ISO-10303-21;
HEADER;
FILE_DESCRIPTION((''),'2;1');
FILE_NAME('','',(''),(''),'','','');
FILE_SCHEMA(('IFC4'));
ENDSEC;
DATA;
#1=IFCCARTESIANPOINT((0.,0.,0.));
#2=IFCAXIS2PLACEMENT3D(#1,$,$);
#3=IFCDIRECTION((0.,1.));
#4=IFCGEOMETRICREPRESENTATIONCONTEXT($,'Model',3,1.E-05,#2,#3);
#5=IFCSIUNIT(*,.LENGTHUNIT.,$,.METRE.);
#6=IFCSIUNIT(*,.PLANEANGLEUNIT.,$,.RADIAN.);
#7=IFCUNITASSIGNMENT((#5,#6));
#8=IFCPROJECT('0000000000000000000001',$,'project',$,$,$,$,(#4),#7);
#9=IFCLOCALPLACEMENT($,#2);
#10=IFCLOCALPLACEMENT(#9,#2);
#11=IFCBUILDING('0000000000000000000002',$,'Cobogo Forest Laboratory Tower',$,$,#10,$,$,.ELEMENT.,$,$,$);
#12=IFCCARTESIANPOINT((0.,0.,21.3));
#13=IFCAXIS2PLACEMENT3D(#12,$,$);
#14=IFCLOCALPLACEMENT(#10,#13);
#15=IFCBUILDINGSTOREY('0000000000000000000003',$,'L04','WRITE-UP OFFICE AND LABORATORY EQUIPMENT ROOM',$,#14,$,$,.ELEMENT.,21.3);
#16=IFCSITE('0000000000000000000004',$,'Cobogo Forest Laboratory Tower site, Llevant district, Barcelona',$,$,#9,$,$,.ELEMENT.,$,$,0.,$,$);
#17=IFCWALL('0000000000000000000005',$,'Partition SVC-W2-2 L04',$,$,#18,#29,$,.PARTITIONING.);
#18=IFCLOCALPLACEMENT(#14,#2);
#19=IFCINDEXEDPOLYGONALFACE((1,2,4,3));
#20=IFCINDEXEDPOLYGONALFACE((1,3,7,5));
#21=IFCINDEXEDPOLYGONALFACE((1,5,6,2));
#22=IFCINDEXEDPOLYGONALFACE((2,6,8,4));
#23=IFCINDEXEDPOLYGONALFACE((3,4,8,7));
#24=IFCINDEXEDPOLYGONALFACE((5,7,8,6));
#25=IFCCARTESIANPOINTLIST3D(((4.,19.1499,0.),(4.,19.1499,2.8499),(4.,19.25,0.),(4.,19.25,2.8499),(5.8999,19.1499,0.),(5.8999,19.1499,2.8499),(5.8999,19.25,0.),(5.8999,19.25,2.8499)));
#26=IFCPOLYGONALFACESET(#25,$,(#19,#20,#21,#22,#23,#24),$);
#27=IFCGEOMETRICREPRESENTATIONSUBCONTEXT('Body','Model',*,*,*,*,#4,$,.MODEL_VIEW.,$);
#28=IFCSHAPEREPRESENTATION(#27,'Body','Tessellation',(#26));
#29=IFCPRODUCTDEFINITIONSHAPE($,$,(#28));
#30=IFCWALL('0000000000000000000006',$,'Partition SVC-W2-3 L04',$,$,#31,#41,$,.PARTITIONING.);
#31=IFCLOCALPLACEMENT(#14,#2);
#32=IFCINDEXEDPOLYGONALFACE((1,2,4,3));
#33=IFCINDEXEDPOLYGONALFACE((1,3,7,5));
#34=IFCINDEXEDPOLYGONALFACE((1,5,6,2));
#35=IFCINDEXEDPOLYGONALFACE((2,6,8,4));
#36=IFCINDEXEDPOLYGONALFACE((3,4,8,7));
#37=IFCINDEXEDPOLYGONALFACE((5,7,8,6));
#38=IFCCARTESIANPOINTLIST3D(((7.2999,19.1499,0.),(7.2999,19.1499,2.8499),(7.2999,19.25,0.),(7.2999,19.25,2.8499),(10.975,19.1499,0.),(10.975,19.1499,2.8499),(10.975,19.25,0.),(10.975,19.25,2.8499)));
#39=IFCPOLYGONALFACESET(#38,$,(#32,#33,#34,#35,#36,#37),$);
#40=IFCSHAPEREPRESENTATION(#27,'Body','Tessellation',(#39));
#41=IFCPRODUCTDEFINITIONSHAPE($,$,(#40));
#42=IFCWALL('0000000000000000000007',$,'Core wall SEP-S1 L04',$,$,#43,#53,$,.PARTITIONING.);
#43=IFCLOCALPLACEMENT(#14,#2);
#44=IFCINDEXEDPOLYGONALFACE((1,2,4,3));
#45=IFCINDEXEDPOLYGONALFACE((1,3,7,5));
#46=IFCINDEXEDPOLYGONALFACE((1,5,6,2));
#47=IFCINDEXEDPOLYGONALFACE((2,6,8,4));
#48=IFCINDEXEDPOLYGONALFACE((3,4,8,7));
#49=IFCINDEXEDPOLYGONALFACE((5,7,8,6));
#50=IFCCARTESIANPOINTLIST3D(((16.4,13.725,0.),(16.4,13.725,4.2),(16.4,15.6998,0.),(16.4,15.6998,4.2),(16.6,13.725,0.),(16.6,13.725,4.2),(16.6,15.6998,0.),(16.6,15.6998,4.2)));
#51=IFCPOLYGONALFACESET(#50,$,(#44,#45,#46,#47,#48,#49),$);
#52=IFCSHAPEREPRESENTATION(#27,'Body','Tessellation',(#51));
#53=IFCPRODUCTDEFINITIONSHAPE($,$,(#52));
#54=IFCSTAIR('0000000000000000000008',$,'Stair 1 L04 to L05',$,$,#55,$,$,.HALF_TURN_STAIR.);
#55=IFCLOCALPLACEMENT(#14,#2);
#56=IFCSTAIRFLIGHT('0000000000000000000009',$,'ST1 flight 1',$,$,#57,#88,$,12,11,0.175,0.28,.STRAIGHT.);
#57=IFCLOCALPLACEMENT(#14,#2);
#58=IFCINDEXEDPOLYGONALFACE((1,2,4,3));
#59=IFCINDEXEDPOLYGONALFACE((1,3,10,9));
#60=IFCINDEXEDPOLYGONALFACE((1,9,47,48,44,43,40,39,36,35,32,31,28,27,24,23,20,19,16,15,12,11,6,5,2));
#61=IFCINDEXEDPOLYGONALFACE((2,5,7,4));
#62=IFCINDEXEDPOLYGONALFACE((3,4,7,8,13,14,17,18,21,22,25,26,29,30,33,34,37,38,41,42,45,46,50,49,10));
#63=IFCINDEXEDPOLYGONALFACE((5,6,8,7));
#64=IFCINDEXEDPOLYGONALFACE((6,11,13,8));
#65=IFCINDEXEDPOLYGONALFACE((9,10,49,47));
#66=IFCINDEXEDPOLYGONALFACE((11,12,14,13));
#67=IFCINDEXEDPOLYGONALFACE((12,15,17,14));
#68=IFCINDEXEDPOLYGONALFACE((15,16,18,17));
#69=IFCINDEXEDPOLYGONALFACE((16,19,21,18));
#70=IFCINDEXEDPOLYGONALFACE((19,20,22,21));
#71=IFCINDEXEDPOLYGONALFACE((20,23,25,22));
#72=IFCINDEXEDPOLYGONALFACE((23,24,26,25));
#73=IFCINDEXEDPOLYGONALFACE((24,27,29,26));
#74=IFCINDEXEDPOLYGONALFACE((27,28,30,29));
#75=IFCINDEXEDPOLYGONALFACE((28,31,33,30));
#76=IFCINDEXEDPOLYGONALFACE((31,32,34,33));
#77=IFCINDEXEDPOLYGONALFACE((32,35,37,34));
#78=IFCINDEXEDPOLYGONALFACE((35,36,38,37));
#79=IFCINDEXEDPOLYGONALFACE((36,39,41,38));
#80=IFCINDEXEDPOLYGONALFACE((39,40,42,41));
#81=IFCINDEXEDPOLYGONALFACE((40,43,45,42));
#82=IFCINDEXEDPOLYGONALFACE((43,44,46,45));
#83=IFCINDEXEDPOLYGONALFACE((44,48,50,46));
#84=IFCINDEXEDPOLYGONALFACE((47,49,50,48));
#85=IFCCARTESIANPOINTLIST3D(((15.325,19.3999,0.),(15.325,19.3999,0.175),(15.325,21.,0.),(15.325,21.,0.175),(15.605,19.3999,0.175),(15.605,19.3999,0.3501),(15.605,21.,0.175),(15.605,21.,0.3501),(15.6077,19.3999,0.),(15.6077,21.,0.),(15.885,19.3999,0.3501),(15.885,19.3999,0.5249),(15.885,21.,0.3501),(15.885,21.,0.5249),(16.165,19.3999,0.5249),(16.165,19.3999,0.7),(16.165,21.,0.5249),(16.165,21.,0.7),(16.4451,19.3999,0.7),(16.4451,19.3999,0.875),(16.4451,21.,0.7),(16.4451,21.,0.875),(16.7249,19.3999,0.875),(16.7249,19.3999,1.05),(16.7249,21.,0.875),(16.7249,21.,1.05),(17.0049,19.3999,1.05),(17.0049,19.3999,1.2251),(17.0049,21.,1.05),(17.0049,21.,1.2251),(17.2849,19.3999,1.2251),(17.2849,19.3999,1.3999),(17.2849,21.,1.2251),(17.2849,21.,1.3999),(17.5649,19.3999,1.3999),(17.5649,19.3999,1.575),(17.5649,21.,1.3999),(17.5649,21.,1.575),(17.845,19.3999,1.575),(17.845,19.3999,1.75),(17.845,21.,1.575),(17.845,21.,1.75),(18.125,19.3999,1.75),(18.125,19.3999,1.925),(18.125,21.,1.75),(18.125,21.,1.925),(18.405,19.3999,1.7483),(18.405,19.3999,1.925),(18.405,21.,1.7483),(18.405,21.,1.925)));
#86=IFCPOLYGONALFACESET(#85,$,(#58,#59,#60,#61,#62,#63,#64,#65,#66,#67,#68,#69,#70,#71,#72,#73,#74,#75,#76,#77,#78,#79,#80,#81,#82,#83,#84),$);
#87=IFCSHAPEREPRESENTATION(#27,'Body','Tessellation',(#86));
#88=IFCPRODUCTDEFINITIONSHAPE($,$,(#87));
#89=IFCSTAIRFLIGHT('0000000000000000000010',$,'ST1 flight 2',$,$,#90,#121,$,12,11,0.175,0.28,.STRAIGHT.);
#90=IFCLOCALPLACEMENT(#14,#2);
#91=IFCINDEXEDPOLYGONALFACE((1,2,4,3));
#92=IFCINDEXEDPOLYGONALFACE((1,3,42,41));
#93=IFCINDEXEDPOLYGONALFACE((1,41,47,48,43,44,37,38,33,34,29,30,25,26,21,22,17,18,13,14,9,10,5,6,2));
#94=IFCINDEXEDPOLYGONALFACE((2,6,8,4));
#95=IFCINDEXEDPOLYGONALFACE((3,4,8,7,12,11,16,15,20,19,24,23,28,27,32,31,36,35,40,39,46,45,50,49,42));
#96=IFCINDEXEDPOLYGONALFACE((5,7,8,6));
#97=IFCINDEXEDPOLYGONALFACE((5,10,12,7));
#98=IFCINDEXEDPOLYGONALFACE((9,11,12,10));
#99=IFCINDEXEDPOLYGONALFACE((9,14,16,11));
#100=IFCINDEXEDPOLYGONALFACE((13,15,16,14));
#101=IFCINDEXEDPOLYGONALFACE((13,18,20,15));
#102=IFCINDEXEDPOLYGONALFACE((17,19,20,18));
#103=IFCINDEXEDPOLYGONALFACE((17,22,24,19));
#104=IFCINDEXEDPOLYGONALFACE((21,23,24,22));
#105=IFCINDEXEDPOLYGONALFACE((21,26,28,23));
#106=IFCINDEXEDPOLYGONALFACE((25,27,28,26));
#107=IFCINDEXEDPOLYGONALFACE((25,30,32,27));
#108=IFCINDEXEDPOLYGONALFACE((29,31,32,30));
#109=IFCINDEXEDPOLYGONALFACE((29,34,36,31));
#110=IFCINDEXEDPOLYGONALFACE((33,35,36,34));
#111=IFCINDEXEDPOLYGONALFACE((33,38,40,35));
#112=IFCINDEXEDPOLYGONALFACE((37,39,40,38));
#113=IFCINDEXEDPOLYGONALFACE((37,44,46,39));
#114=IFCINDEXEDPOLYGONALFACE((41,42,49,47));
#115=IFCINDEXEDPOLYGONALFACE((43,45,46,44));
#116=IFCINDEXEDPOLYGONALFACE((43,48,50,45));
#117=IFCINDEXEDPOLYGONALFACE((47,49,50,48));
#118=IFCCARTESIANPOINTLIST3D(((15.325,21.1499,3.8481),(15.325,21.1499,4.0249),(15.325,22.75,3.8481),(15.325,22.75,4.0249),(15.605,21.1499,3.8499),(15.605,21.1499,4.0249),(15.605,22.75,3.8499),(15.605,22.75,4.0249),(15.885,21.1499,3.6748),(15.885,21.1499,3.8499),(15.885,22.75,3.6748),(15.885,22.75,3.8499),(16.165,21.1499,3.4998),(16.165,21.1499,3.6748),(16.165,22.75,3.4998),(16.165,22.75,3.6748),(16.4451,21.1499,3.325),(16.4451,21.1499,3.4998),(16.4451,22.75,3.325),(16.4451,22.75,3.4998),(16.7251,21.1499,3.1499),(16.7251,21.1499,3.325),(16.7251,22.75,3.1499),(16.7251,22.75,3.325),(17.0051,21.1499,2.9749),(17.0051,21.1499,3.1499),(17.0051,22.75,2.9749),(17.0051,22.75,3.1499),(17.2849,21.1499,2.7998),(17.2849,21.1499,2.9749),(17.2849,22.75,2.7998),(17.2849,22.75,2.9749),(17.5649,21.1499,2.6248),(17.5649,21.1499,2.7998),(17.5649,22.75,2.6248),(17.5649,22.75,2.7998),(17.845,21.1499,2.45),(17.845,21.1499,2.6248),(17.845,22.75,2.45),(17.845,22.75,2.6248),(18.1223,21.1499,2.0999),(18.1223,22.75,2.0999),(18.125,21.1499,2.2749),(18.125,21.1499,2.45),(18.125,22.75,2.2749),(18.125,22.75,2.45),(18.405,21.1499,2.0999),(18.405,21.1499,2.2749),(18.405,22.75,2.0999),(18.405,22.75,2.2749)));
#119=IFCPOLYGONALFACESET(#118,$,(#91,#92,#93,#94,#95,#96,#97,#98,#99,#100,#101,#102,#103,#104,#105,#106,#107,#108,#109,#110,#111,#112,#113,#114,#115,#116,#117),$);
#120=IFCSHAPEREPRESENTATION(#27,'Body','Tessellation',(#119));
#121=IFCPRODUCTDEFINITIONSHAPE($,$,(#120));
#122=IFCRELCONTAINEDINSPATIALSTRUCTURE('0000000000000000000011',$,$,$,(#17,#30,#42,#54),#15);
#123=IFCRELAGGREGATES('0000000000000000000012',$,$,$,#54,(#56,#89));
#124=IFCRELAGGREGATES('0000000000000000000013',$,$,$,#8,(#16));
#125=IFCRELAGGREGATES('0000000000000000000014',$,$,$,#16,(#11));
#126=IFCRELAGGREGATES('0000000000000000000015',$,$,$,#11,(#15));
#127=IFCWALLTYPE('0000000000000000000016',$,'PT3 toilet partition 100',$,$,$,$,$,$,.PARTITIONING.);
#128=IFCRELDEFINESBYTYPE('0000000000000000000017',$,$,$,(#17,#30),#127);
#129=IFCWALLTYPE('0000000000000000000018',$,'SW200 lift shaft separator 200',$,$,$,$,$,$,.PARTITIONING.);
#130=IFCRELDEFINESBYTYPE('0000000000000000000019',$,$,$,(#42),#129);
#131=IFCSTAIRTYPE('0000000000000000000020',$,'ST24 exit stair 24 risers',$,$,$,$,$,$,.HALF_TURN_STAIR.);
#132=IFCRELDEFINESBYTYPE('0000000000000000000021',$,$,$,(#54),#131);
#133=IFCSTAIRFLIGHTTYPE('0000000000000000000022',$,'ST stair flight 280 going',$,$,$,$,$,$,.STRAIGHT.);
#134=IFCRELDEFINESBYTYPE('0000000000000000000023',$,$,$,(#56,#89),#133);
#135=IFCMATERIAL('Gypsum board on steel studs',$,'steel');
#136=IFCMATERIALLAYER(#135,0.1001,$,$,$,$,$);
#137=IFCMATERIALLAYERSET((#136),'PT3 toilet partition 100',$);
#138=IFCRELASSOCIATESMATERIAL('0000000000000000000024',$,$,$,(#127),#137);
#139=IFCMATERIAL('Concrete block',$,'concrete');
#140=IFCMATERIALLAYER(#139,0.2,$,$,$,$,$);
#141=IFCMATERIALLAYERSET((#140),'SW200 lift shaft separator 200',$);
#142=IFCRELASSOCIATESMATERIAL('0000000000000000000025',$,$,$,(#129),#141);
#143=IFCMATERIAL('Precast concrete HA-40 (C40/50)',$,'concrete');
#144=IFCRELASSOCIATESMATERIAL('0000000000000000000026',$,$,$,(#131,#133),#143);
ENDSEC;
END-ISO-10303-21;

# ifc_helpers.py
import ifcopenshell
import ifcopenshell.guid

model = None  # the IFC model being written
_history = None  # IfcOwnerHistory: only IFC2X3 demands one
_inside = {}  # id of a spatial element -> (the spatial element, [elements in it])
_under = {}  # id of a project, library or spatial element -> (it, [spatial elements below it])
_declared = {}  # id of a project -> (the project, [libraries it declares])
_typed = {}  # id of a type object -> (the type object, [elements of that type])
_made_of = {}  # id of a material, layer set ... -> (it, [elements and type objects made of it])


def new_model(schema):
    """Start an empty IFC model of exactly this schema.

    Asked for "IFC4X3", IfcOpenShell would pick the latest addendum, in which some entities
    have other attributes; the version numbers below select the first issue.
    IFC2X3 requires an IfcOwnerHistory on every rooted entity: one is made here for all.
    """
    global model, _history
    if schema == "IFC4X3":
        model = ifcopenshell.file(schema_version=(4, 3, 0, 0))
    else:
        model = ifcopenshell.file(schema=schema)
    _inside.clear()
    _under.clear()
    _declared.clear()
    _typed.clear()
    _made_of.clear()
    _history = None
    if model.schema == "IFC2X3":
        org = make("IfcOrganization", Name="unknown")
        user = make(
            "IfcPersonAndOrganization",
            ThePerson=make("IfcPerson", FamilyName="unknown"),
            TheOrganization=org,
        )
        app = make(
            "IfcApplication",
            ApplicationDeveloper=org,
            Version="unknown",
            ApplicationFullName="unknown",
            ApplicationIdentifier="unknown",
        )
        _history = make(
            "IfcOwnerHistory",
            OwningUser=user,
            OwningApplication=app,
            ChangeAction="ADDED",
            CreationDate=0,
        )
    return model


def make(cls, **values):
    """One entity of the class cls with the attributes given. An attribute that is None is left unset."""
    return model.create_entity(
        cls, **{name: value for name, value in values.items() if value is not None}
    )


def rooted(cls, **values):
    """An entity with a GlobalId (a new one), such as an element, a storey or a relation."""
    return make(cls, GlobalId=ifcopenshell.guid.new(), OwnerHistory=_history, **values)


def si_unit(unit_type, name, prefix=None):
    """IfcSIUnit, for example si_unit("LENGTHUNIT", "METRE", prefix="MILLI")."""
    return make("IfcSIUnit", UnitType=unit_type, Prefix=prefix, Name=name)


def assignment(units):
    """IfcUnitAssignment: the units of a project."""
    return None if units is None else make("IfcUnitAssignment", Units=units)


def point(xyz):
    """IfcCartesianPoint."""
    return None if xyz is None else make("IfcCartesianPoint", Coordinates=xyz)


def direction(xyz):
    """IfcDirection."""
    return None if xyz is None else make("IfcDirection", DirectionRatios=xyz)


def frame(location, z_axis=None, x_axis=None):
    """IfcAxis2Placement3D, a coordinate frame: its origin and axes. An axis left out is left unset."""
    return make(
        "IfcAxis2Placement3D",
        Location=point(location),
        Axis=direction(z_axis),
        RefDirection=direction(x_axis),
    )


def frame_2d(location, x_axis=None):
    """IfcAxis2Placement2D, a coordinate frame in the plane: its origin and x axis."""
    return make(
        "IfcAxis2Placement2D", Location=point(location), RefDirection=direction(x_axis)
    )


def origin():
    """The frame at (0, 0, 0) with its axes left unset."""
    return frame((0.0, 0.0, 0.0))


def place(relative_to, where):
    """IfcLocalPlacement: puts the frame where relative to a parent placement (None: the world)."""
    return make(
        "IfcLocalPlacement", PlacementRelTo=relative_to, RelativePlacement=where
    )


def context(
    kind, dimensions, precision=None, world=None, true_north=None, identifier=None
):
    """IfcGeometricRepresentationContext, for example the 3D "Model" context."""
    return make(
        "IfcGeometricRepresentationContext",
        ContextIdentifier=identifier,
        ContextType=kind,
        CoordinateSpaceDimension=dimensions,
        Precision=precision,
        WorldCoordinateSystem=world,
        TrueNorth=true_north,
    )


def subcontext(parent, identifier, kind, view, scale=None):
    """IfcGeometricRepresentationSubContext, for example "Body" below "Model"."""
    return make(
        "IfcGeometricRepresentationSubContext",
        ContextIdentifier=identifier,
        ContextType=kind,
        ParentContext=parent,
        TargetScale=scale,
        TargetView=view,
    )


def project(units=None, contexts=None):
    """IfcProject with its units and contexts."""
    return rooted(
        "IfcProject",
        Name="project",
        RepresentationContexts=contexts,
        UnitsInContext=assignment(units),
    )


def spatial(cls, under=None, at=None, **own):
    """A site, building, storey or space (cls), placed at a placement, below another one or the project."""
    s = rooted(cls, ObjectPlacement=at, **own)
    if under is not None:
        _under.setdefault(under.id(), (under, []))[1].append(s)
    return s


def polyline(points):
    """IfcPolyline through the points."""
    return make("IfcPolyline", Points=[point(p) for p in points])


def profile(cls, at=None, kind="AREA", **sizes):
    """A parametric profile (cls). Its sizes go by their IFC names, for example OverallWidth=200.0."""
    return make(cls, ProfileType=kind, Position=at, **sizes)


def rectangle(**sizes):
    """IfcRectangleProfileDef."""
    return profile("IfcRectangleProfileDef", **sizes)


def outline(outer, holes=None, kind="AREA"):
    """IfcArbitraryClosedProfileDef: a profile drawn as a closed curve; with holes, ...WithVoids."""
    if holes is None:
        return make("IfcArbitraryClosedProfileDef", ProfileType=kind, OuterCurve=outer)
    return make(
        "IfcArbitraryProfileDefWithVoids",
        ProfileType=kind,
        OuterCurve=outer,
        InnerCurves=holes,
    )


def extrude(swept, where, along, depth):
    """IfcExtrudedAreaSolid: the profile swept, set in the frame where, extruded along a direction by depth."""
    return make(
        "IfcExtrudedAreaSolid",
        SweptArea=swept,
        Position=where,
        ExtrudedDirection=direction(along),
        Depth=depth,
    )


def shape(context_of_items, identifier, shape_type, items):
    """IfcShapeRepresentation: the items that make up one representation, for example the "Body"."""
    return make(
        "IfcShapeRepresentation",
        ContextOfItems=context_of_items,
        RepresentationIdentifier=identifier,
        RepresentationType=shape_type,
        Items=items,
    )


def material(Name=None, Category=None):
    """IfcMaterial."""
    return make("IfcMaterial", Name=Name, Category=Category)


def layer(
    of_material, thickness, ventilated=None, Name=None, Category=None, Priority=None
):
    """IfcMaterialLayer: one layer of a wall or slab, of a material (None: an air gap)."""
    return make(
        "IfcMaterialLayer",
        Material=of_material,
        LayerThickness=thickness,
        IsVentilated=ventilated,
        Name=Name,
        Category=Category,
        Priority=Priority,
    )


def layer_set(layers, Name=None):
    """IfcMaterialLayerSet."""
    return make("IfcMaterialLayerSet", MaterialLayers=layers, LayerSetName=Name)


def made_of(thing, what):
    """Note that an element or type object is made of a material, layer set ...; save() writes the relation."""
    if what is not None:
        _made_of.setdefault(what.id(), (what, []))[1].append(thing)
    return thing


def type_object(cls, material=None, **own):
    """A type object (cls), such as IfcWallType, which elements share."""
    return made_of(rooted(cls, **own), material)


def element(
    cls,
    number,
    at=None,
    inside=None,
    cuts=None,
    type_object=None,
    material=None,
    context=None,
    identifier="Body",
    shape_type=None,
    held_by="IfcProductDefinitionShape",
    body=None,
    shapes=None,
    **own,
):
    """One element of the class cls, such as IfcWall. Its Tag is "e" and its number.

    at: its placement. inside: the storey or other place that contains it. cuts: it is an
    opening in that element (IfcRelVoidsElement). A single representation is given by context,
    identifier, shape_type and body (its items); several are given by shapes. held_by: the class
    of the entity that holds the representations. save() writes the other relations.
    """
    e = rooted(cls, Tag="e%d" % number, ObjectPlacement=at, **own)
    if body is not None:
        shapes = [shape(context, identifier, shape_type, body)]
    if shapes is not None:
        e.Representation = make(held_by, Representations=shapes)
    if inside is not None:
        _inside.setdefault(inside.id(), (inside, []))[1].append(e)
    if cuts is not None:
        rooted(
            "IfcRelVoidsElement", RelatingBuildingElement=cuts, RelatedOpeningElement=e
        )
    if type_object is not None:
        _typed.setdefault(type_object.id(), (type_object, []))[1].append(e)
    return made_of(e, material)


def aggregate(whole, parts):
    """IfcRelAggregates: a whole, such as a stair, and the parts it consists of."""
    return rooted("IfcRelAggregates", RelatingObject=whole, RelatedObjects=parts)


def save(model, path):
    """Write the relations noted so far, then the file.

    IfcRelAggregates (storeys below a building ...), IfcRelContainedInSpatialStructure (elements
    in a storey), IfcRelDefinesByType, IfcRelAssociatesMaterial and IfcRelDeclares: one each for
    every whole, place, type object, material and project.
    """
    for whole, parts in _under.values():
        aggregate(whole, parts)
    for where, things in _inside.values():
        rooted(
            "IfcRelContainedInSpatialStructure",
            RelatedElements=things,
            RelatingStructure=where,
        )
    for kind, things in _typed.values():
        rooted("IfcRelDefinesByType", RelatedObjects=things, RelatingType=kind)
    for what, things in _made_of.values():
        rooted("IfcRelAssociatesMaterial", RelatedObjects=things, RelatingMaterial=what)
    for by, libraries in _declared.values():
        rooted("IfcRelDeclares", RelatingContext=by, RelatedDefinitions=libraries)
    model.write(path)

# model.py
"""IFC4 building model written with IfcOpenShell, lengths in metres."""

from ifc_helpers import new_model, si_unit, direction, frame, frame_2d, origin, place, context, subcontext, project, spatial, polyline, rectangle, outline, extrude, material, layer, layer_set, type_object, element, aggregate, save


model = new_model("IFC4")

# Units and contexts
model_context = context("Model", 3, precision=1e-05, world=origin(), true_north=direction((0.0, 1.0)))
body_context = subcontext(model_context, "Body", "Model", "MODEL_VIEW")
ifc_project = project(units=[si_unit("LENGTHUNIT", "METRE"), si_unit("PLANEANGLEUNIT", "RADIAN")], contexts=[model_context])

# Site, building, storey
site_placement = place(None, origin())
site = spatial("IfcSite", under=ifc_project, at=site_placement, Name="Cobogo Forest Laboratory Tower site, Llevant district, Barcelona", CompositionType="ELEMENT", RefElevation=0.0)
building_placement = place(site_placement, origin())
building = spatial("IfcBuilding", under=site, at=building_placement, Name="Cobogo Forest Laboratory Tower", CompositionType="ELEMENT")
storey_placement = place(building_placement, frame((0.0, 0.0, 21.3)))
storey = spatial("IfcBuildingStorey", under=building, at=storey_placement, Name="L04", Description="WRITE-UP OFFICE AND LABORATORY EQUIPMENT ROOM", CompositionType="ELEMENT", Elevation=21.3)

# Walls
ifc_material_1 = material(Name="Gypsum board on steel studs", Category="steel")
ifc_layer_1 = layer(ifc_material_1, 0.1001)
ifc_layer_set_1 = layer_set([ifc_layer_1], Name="PT3 toilet partition 100")
wall_type_1 = type_object("IfcWallType", Name="PT3 toilet partition 100", PredefinedType="PARTITIONING", material=ifc_layer_set_1)
wall_1_placement = place(storey_placement, frame((4.0, 19.2, 0.0), z_axis=(0.0, 0.0, 1.0), x_axis=(1.0, 0.0, 0.0)))
element("IfcWall", 1, at=wall_1_placement, inside=storey, type_object=wall_type_1, Name="Partition SVC-W2-2 L04", PredefinedType="PARTITIONING", context=body_context, shape_type="SweptSolid", body=[
    extrude(rectangle(XDim=1.8999, YDim=0.1001, at=frame_2d((0.95, 0.0))), origin(), (0.0, 0.0, 1.0), 2.8499),
])
wall_2_placement = place(storey_placement, frame((7.3, 19.2, 0.0), z_axis=(0.0, 0.0, 1.0), x_axis=(1.0, 0.0, 0.0)))
element("IfcWall", 2, at=wall_2_placement, inside=storey, type_object=wall_type_1, Name="Partition SVC-W2-3 L04", PredefinedType="PARTITIONING", context=body_context, shape_type="SweptSolid", body=[
    extrude(rectangle(XDim=3.675, YDim=0.1001, at=frame_2d((1.8374, 0.0))), origin(), (0.0, 0.0, 1.0), 2.8499),
])
ifc_material_2 = material(Name="Concrete block", Category="concrete")
ifc_layer_2 = layer(ifc_material_2, 0.2)
ifc_layer_set_2 = layer_set([ifc_layer_2], Name="SW200 lift shaft separator 200")
wall_type_2 = type_object("IfcWallType", Name="SW200 lift shaft separator 200", PredefinedType="PARTITIONING", material=ifc_layer_set_2)
wall_3_placement = place(storey_placement, frame((16.5, 13.7251, 0.0), z_axis=(0.0, 0.0, 1.0), x_axis=(0.0, 1.0, 0.0)))
element("IfcWall", 3, at=wall_3_placement, inside=storey, type_object=wall_type_2, Name="Core wall SEP-S1 L04", PredefinedType="PARTITIONING", context=body_context, shape_type="SweptSolid", body=[
    extrude(rectangle(XDim=1.9749, YDim=0.2, at=frame_2d((0.9873, 0.0))), origin(), (0.0, 0.0, 1.0), 4.2),
])

# Stair, stair flights
ifc_material_3 = material(Name="Precast concrete HA-40 (C40/50)", Category="concrete")
stair_type = type_object("IfcStairType", Name="ST24 exit stair 24 risers", PredefinedType="HALF_TURN_STAIR", material=ifc_material_3)
stair_placement = place(storey_placement, origin())
stair = element("IfcStair", 4, at=stair_placement, inside=storey, type_object=stair_type, Name="Stair 1 L04 to L05", PredefinedType="HALF_TURN_STAIR")
stair_flight_type = type_object("IfcStairFlightType", Name="ST stair flight 280 going", PredefinedType="STRAIGHT", material=ifc_material_3)
stair_flight_1_placement = place(storey_placement, frame((15.325, 20.2, 0.0), z_axis=(0.0, 0.0, 1.0), x_axis=(1.0, 0.0, 0.0)))
stair_flight_1 = element("IfcStairFlight", 5, at=stair_flight_1_placement, type_object=stair_flight_type, Name="ST1 flight 1", NumberOfRisers=12, NumberOfTreads=11, PredefinedType="STRAIGHT", RiserHeight=0.175, TreadLength=0.28, context=body_context, shape_type="SweptSolid", body=[
    extrude(outline(polyline([(0.0, 0.0), (0.0, 0.175), (0.28, 0.175), (0.28, 0.3501), (0.5601, 0.3501), (0.5601, 0.5249), (0.8401, 0.5249), (0.8401, 0.7), (1.1201, 0.7), (1.1201, 0.875), (1.3999, 0.875), (1.3999, 1.05), (1.6799, 1.05), (1.6799, 1.2251), (1.96, 1.2251), (1.96, 1.3999), (2.24, 1.3999), (2.24, 1.575), (2.52, 1.575), (2.52, 1.75), (2.8, 1.75), (2.8, 1.925), (3.0801, 1.925), (3.0801, 2.1001), (3.0801, 1.7483), (0.2827, 0.0), (0.0, 0.0)])), frame((0.0, 0.8, 0.0), z_axis=(0.0, -1.0, 0.0), x_axis=(1.0, 0.0, 0.0)), (0.0, 0.0, 1.0), 1.6001),
])
stair_flight_2_placement = place(storey_placement, frame((18.405, 21.95, 2.0999), z_axis=(0.0, 0.0, 1.0), x_axis=(-1.0, 0.0, 0.0)))
stair_flight_2 = element("IfcStairFlight", 6, at=stair_flight_2_placement, type_object=stair_flight_type, Name="ST1 flight 2", NumberOfRisers=12, NumberOfTreads=11, PredefinedType="STRAIGHT", RiserHeight=0.175, TreadLength=0.28, context=body_context, shape_type="SweptSolid", body=[
    extrude(outline(polyline([(0.0, 0.0), (0.0, 0.175), (0.28, 0.175), (0.28, 0.3501), (0.5601, 0.3501), (0.5601, 0.5249), (0.8401, 0.5249), (0.8401, 0.7), (1.1201, 0.7), (1.1201, 0.875), (1.3999, 0.875), (1.3999, 1.05), (1.6799, 1.05), (1.6799, 1.2251), (1.96, 1.2251), (1.96, 1.3999), (2.24, 1.3999), (2.24, 1.575), (2.52, 1.575), (2.52, 1.75), (2.8, 1.75), (2.8, 1.925), (3.0801, 1.925), (3.0801, 2.1001), (3.0801, 1.7483), (0.2827, 0.0), (0.0, 0.0)])), frame((0.0, 0.8, 0.0), z_axis=(0.0, -1.0, 0.0), x_axis=(1.0, 0.0, 0.0)), (0.0, 0.0, 1.0), 1.6001),
])
aggregate(stair, [stair_flight_1, stair_flight_2])

save(model, "model.ifc")
